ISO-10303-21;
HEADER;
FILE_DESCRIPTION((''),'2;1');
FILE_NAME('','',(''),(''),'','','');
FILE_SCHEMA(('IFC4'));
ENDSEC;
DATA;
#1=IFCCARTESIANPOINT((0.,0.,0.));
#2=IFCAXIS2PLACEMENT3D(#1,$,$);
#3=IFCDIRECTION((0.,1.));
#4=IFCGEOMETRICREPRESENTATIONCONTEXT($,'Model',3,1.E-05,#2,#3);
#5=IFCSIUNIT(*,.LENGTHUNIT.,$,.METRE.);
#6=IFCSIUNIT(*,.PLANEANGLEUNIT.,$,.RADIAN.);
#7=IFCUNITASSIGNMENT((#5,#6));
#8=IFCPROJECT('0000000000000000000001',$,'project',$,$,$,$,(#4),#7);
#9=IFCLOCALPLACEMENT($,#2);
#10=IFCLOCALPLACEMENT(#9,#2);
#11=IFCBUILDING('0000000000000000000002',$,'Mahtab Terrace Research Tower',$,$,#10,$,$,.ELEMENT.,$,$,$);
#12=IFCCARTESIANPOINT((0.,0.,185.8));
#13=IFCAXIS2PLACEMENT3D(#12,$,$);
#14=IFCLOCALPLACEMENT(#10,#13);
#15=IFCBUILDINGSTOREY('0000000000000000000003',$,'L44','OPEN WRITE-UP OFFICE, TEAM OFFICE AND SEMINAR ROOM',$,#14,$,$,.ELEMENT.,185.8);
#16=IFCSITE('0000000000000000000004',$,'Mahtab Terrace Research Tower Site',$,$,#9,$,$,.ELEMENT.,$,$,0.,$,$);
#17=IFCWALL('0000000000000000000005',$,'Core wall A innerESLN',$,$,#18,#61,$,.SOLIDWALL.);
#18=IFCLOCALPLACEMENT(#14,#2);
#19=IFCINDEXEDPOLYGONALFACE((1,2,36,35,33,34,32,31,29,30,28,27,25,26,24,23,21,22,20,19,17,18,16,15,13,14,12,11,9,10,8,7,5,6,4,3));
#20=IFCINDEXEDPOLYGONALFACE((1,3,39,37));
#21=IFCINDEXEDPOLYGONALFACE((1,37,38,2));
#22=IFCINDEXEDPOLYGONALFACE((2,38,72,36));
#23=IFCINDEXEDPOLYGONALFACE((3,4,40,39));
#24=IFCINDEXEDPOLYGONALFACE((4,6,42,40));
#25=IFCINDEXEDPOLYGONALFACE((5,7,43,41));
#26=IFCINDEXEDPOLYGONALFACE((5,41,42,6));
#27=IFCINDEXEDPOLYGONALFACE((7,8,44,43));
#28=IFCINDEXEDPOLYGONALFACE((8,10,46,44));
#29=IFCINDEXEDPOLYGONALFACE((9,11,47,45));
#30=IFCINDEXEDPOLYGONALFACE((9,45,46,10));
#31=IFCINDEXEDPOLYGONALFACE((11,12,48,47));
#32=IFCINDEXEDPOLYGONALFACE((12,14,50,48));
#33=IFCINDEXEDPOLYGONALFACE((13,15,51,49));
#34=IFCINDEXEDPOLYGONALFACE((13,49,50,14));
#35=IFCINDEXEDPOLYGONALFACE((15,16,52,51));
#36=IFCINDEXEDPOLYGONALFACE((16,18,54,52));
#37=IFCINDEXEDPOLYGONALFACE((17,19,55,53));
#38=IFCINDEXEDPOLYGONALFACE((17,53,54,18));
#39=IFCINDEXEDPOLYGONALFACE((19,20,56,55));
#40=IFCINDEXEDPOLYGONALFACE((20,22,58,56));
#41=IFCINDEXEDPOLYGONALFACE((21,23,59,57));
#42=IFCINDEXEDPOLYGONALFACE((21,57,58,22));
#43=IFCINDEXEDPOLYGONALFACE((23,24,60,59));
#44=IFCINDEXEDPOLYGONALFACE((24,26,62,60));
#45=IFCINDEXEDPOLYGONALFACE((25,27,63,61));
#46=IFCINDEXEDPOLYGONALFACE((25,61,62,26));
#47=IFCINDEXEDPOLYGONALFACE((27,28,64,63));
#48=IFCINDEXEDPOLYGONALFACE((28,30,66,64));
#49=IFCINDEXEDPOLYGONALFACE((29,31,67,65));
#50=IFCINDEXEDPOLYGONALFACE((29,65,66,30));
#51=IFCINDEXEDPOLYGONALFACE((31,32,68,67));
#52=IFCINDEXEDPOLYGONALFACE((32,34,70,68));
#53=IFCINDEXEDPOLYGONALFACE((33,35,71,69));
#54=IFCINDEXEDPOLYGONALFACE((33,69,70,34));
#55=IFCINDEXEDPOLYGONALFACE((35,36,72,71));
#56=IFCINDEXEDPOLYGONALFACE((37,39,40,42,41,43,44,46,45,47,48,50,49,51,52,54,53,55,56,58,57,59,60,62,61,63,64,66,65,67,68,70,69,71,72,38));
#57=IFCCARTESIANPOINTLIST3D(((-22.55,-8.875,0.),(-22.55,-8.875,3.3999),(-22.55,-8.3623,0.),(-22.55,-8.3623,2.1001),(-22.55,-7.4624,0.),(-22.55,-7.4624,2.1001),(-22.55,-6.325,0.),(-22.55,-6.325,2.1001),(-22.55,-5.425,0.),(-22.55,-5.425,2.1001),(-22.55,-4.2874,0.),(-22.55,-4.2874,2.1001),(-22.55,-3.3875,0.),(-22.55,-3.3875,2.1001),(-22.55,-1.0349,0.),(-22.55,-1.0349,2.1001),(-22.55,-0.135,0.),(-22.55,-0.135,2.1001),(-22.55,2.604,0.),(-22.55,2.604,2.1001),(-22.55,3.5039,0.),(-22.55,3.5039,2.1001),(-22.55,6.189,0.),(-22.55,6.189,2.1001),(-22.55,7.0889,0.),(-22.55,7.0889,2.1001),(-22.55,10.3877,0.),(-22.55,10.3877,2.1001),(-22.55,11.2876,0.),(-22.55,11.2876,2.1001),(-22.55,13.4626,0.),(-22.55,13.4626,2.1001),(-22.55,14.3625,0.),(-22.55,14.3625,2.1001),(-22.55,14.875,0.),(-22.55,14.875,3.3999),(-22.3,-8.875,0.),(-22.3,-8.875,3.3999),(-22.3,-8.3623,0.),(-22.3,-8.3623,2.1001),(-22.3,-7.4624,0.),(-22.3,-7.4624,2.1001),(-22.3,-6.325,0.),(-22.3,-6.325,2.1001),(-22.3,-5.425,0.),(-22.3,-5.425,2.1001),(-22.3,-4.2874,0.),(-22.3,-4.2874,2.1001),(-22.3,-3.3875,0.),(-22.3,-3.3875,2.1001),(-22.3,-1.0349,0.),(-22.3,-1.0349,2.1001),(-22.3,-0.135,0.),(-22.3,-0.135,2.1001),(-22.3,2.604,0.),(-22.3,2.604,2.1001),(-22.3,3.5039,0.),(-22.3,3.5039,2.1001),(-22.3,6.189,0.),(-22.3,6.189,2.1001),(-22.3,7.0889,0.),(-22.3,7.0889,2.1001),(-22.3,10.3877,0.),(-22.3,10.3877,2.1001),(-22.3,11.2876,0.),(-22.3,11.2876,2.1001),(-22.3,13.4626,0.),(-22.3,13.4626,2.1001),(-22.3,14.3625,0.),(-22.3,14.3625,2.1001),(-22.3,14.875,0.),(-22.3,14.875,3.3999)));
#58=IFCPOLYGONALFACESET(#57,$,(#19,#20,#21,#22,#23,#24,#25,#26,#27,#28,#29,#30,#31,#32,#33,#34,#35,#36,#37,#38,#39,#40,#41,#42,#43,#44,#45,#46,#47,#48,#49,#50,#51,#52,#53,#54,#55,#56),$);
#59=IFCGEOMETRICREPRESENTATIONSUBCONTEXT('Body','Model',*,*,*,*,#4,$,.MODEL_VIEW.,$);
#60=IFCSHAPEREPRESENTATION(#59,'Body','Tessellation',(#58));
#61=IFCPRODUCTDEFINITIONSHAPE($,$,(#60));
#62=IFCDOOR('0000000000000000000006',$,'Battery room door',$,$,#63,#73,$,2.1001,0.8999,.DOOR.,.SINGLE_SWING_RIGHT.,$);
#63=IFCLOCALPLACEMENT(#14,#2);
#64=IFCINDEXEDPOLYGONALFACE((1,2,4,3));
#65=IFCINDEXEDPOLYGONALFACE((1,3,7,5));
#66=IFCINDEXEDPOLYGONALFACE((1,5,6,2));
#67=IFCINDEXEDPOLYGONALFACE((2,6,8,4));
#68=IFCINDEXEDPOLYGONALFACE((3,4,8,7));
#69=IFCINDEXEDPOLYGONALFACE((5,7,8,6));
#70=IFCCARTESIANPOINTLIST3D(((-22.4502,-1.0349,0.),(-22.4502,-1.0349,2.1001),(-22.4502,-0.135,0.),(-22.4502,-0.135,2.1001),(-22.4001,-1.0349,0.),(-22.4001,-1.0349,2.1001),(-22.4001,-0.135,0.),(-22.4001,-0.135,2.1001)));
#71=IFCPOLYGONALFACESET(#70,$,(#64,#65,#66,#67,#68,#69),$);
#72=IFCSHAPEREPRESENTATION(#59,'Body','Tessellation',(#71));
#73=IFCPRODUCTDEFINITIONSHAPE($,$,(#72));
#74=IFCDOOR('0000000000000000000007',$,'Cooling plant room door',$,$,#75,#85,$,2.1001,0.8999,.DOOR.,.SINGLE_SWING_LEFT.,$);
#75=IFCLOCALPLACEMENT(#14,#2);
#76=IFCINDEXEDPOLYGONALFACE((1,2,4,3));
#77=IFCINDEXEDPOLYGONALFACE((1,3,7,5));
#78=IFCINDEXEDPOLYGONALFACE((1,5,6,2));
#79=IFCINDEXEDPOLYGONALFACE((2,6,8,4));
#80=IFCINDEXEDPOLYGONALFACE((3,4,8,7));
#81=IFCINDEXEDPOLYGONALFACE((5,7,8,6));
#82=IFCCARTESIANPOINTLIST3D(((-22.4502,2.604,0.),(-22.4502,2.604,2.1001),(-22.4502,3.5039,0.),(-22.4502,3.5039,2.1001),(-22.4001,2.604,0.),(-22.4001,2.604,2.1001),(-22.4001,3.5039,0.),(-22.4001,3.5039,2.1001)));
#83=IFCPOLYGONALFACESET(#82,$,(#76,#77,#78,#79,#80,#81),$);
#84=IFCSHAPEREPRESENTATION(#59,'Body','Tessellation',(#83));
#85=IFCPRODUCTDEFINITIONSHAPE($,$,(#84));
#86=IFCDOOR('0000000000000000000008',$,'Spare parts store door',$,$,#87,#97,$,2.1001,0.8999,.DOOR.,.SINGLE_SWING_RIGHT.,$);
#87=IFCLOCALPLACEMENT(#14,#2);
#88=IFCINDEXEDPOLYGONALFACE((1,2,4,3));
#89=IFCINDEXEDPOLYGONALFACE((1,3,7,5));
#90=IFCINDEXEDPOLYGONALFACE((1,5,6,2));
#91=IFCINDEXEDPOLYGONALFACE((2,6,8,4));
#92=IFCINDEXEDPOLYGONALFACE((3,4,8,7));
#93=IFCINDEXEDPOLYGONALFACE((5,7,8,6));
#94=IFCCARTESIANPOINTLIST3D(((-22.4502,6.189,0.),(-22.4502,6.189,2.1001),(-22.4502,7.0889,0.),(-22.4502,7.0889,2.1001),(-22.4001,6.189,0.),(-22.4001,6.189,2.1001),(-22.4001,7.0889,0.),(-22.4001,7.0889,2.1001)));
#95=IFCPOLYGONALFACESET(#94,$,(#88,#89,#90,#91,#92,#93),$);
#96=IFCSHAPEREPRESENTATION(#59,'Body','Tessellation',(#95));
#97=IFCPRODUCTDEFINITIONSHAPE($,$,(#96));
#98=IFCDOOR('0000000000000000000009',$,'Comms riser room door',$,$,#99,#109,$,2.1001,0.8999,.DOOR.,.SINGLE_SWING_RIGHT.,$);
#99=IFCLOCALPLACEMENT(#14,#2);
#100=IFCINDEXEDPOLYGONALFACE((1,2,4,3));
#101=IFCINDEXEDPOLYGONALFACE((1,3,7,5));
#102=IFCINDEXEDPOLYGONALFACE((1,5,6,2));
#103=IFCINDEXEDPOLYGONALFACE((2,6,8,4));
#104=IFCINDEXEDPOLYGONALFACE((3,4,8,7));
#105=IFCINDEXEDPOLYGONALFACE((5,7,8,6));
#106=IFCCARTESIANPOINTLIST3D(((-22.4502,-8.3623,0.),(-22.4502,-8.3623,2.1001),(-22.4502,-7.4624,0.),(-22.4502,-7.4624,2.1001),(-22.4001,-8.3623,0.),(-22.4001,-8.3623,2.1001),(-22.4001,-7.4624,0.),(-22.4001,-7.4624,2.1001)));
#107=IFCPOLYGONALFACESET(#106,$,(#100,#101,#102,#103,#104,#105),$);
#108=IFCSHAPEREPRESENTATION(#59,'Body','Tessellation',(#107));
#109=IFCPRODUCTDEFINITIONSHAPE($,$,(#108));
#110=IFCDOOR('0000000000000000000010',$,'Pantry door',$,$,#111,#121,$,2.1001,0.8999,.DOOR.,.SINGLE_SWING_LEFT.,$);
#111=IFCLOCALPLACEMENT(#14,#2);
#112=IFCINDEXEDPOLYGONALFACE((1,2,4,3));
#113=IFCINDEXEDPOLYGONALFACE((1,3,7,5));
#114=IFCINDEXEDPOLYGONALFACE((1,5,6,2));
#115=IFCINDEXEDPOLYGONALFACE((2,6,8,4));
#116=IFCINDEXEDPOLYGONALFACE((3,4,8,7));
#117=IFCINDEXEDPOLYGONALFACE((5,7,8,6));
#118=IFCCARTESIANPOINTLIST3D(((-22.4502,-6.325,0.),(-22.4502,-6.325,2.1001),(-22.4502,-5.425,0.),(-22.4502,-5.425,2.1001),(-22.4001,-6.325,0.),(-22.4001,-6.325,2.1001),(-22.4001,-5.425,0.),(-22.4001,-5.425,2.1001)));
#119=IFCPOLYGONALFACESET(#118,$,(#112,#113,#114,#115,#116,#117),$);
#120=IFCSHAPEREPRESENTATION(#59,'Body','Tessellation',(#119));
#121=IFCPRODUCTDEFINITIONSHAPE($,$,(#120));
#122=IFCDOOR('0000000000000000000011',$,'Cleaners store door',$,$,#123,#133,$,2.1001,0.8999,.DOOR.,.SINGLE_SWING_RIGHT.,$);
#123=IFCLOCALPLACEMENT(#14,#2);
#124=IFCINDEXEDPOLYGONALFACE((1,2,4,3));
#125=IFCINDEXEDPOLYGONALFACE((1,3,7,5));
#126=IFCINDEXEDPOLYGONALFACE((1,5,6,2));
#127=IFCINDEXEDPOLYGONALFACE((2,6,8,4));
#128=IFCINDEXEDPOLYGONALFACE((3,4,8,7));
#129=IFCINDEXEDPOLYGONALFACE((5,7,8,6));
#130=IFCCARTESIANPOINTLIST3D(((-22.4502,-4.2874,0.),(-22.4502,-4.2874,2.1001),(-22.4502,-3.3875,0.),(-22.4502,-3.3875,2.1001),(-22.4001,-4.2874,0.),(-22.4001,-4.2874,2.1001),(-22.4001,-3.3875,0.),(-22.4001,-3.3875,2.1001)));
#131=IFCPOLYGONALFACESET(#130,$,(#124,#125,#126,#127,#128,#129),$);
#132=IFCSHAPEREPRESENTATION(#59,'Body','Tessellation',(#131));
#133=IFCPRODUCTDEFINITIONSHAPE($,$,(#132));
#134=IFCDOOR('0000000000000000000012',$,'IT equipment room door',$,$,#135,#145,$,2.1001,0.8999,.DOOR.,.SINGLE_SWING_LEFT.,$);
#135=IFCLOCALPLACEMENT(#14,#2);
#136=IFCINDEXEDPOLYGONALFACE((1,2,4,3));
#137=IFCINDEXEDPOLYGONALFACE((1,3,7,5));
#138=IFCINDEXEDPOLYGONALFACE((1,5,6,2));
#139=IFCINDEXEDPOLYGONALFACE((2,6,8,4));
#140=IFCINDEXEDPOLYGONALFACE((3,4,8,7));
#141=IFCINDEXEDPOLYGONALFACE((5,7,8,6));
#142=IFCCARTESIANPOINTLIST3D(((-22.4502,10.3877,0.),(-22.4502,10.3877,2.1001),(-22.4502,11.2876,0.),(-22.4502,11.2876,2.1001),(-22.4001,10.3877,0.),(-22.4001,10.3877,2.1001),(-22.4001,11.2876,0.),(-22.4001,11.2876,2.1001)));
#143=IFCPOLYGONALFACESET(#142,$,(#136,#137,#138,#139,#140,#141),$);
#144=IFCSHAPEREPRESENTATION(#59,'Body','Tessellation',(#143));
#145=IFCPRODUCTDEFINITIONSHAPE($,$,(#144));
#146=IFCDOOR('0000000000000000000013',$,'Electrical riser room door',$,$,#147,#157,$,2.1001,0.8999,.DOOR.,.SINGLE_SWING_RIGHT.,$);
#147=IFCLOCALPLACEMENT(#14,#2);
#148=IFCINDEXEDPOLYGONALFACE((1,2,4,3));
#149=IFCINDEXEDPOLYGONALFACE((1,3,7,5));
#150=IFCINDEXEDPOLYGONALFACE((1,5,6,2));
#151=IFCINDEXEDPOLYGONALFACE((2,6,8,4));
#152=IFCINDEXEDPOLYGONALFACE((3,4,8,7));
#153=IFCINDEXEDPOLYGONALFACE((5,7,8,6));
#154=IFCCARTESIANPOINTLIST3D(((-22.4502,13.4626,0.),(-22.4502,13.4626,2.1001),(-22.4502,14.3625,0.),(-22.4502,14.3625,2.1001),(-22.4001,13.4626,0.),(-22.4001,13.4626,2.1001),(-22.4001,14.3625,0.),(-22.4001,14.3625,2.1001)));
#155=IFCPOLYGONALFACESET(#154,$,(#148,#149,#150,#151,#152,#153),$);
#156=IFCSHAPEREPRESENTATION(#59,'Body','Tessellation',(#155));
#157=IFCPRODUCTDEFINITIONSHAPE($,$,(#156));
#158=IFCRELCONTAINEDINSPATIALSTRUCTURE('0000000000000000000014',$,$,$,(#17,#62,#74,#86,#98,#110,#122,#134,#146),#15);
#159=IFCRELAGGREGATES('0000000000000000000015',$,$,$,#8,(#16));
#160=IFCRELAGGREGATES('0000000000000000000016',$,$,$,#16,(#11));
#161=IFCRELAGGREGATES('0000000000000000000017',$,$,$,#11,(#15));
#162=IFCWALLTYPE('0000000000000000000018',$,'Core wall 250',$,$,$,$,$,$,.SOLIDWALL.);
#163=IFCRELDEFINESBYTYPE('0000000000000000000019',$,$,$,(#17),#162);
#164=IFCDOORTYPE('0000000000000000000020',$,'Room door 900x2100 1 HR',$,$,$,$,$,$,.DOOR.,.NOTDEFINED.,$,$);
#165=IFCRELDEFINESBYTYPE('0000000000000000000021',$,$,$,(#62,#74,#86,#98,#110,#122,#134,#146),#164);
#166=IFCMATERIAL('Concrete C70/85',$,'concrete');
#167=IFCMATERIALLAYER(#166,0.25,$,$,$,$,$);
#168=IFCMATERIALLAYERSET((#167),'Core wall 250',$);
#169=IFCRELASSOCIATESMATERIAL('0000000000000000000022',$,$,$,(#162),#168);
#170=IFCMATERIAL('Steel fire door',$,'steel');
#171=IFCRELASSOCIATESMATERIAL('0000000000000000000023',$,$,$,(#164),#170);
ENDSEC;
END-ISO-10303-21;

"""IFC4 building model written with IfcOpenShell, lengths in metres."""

from ifc_helpers import new_model, si_unit, direction, frame, frame_2d, origin, place, context, subcontext, project, spatial, rectangle, extrude, material, layer, layer_set, type_object, element, fill, save


model = new_model("IFC4")

# Units and contexts
model_context = context("Model", 3, precision=1e-05, world=origin(), true_north=direction((0.0, 1.0)))
body_context = subcontext(model_context, "Body", "Model", "MODEL_VIEW")
ifc_project = project(units=[si_unit("LENGTHUNIT", "METRE"), si_unit("PLANEANGLEUNIT", "RADIAN")], contexts=[model_context])

# Site, building, storey
site_placement = place(None, origin())
site = spatial("IfcSite", under=ifc_project, at=site_placement, Name="Mahtab Terrace Research Tower Site", CompositionType="ELEMENT", RefElevation=0.0)
building_placement = place(site_placement, origin())
building = spatial("IfcBuilding", under=site, at=building_placement, Name="Mahtab Terrace Research Tower", CompositionType="ELEMENT")
storey_placement = place(building_placement, frame((0.0, 0.0, 185.8)))
storey = spatial("IfcBuildingStorey", under=building, at=storey_placement, Name="L44", Description="OPEN WRITE-UP OFFICE, TEAM OFFICE AND SEMINAR ROOM", CompositionType="ELEMENT", Elevation=185.8)

# Shared definitions
ifc_material_1 = material(Name="Concrete C70/85", Category="concrete")

# Shared definitions
ifc_layer_1 = layer(ifc_material_1, 0.25)
ifc_layer_set_1 = layer_set([ifc_layer_1], Name="Core wall 250")
wall_type_1 = type_object("IfcWallType", Name="Core wall 250", PredefinedType="SOLIDWALL", material=ifc_layer_set_1)
ifc_material_2 = material(Name="Steel fire door", Category="steel")

# Wall, openings, doors
wall_1_placement = place(storey_placement, frame((-22.425, 14.875, 0.0), z_axis=(0.0, 0.0, 1.0), x_axis=(0.0, -1.0, 0.0)))
wall_1 = element("IfcWall", 1, at=wall_1_placement, inside=storey, type_object=wall_type_1, Name="Core wall A innerESLN", PredefinedType="SOLIDWALL", context=body_context, shape_type="SweptSolid", body=[
    extrude(rectangle(XDim=23.75, YDim=0.25, at=frame_2d((11.875, 0.0))), origin(), (0.0, 0.0, 1.0), 3.3999),
])
opening_1_placement = place(wall_1_placement, frame((15.01, 0.0, 0.0)))
opening_1 = element("IfcOpeningElement", 2, at=opening_1_placement, cuts=wall_1, PredefinedType="OPENING", context=body_context, shape_type="SweptSolid", body=[
    extrude(rectangle(XDim=0.8999, YDim=2.1001, at=frame_2d((0.45, 1.05))), frame((0.0, 0.135, 0.0), z_axis=(0.0, -1.0, 0.0), x_axis=(1.0, 0.0, 0.0)), (0.0, 0.0, 1.0), 0.27),
])
opening_2_placement = place(wall_1_placement, frame((11.3711, 0.0, 0.0)))
opening_2 = element("IfcOpeningElement", 3, at=opening_2_placement, cuts=wall_1, PredefinedType="OPENING", context=body_context, shape_type="SweptSolid", body=[
    extrude(rectangle(XDim=0.8999, YDim=2.1001, at=frame_2d((0.45, 1.05))), frame((0.0, 0.135, 0.0), z_axis=(0.0, -1.0, 0.0), x_axis=(1.0, 0.0, 0.0)), (0.0, 0.0, 1.0), 0.27),
])
opening_3_placement = place(wall_1_placement, frame((7.7861, 0.0, 0.0)))
opening_3 = element("IfcOpeningElement", 4, at=opening_3_placement, cuts=wall_1, PredefinedType="OPENING", context=body_context, shape_type="SweptSolid", body=[
    extrude(rectangle(XDim=0.8999, YDim=2.1001, at=frame_2d((0.45, 1.05))), frame((0.0, 0.135, 0.0), z_axis=(0.0, -1.0, 0.0), x_axis=(1.0, 0.0, 0.0)), (0.0, 0.0, 1.0), 0.27),
])
opening_4_placement = place(wall_1_placement, frame((22.3374, 0.0, 0.0)))
opening_4 = element("IfcOpeningElement", 5, at=opening_4_placement, cuts=wall_1, PredefinedType="OPENING", context=body_context, shape_type="SweptSolid", body=[
    extrude(rectangle(XDim=0.8999, YDim=2.1001, at=frame_2d((0.45, 1.05))), frame((0.0, 0.135, 0.0), z_axis=(0.0, -1.0, 0.0), x_axis=(1.0, 0.0, 0.0)), (0.0, 0.0, 1.0), 0.27),
])
opening_5_placement = place(wall_1_placement, frame((20.3, 0.0, 0.0)))
opening_5 = element("IfcOpeningElement", 6, at=opening_5_placement, cuts=wall_1, PredefinedType="OPENING", context=body_context, shape_type="SweptSolid", body=[
    extrude(rectangle(XDim=0.8999, YDim=2.1001, at=frame_2d((0.45, 1.05))), frame((0.0, 0.135, 0.0), z_axis=(0.0, -1.0, 0.0), x_axis=(1.0, 0.0, 0.0)), (0.0, 0.0, 1.0), 0.27),
])
opening_6_placement = place(wall_1_placement, frame((18.2625, 0.0, 0.0)))
opening_6 = element("IfcOpeningElement", 7, at=opening_6_placement, cuts=wall_1, PredefinedType="OPENING", context=body_context, shape_type="SweptSolid", body=[
    extrude(rectangle(XDim=0.8999, YDim=2.1001, at=frame_2d((0.45, 1.05))), frame((0.0, 0.135, 0.0), z_axis=(0.0, -1.0, 0.0), x_axis=(1.0, 0.0, 0.0)), (0.0, 0.0, 1.0), 0.27),
])
opening_7_placement = place(wall_1_placement, frame((3.5874, 0.0, 0.0)))
opening_7 = element("IfcOpeningElement", 8, at=opening_7_placement, cuts=wall_1, PredefinedType="OPENING", context=body_context, shape_type="SweptSolid", body=[
    extrude(rectangle(XDim=0.8999, YDim=2.1001, at=frame_2d((0.45, 1.05))), frame((0.0, 0.135, 0.0), z_axis=(0.0, -1.0, 0.0), x_axis=(1.0, 0.0, 0.0)), (0.0, 0.0, 1.0), 0.27),
])
opening_8_placement = place(wall_1_placement, frame((0.5125, 0.0, 0.0)))
opening_8 = element("IfcOpeningElement", 9, at=opening_8_placement, cuts=wall_1, PredefinedType="OPENING", context=body_context, shape_type="SweptSolid", body=[
    extrude(rectangle(XDim=0.8999, YDim=2.1001, at=frame_2d((0.45, 1.05))), frame((0.0, 0.135, 0.0), z_axis=(0.0, -1.0, 0.0), x_axis=(1.0, 0.0, 0.0)), (0.0, 0.0, 1.0), 0.27),
])
door_type_1 = type_object("IfcDoorType", Name="Room door 900x2100 1 HR", OperationType="NOTDEFINED", PredefinedType="DOOR", material=ifc_material_2)
door_1_placement = place(opening_1_placement, origin())
door_1 = element("IfcDoor", 10, at=door_1_placement, inside=storey, type_object=door_type_1, Name="Battery room door", OperationType="SINGLE_SWING_RIGHT", OverallHeight=2.1001, OverallWidth=0.8999, PredefinedType="DOOR", context=body_context, shape_type="SweptSolid", body=[
    extrude(rectangle(XDim=0.8999, YDim=2.1001, at=frame_2d((0.45, 1.05))), frame((0.0, 0.0249, 0.0), z_axis=(0.0, -1.0, 0.0), x_axis=(1.0, 0.0, 0.0)), (0.0, 0.0, 1.0), 0.05),
])
fill(opening_1, door_1)
door_2_placement = place(opening_2_placement, origin())
door_2 = element("IfcDoor", 11, at=door_2_placement, inside=storey, type_object=door_type_1, Name="Cooling plant room door", OperationType="SINGLE_SWING_LEFT", OverallHeight=2.1001, OverallWidth=0.8999, PredefinedType="DOOR", context=body_context, shape_type="SweptSolid", body=[
    extrude(rectangle(XDim=0.8999, YDim=2.1001, at=frame_2d((0.45, 1.05))), frame((0.0, 0.0249, 0.0), z_axis=(0.0, -1.0, 0.0), x_axis=(1.0, 0.0, 0.0)), (0.0, 0.0, 1.0), 0.05),
])
fill(opening_2, door_2)
door_3_placement = place(opening_3_placement, origin())
door_3 = element("IfcDoor", 12, at=door_3_placement, inside=storey, type_object=door_type_1, Name="Spare parts store door", OperationType="SINGLE_SWING_RIGHT", OverallHeight=2.1001, OverallWidth=0.8999, PredefinedType="DOOR", context=body_context, shape_type="SweptSolid", body=[
    extrude(rectangle(XDim=0.8999, YDim=2.1001, at=frame_2d((0.45, 1.05))), frame((0.0, 0.0249, 0.0), z_axis=(0.0, -1.0, 0.0), x_axis=(1.0, 0.0, 0.0)), (0.0, 0.0, 1.0), 0.05),
])
fill(opening_3, door_3)
door_4_placement = place(opening_4_placement, origin())
door_4 = element("IfcDoor", 13, at=door_4_placement, inside=storey, type_object=door_type_1, Name="Comms riser room door", OperationType="SINGLE_SWING_RIGHT", OverallHeight=2.1001, OverallWidth=0.8999, PredefinedType="DOOR", context=body_context, shape_type="SweptSolid", body=[
    extrude(rectangle(XDim=0.8999, YDim=2.1001, at=frame_2d((0.45, 1.05))), frame((0.0, 0.0249, 0.0), z_axis=(0.0, -1.0, 0.0), x_axis=(1.0, 0.0, 0.0)), (0.0, 0.0, 1.0), 0.05),
])
fill(opening_4, door_4)
door_5_placement = place(opening_5_placement, origin())
door_5 = element("IfcDoor", 14, at=door_5_placement, inside=storey, type_object=door_type_1, Name="Pantry door", OperationType="SINGLE_SWING_LEFT", OverallHeight=2.1001, OverallWidth=0.8999, PredefinedType="DOOR", context=body_context, shape_type="SweptSolid", body=[
    extrude(rectangle(XDim=0.8999, YDim=2.1001, at=frame_2d((0.45, 1.05))), frame((0.0, 0.0249, 0.0), z_axis=(0.0, -1.0, 0.0), x_axis=(1.0, 0.0, 0.0)), (0.0, 0.0, 1.0), 0.05),
])
fill(opening_5, door_5)
door_6_placement = place(opening_6_placement, origin())
door_6 = element("IfcDoor", 15, at=door_6_placement, inside=storey, type_object=door_type_1, Name="Cleaners store door", OperationType="SINGLE_SWING_RIGHT", OverallHeight=2.1001, OverallWidth=0.8999, PredefinedType="DOOR", context=body_context, shape_type="SweptSolid", body=[
    extrude(rectangle(XDim=0.8999, YDim=2.1001, at=frame_2d((0.45, 1.05))), frame((0.0, 0.0249, 0.0), z_axis=(0.0, -1.0, 0.0), x_axis=(1.0, 0.0, 0.0)), (0.0, 0.0, 1.0), 0.05),
])
fill(opening_6, door_6)
door_7_placement = place(opening_7_placement, origin())
door_7 = element("IfcDoor", 16, at=door_7_placement, inside=storey, type_object=door_type_1, Name="IT equipment room door", OperationType="SINGLE_SWING_LEFT", OverallHeight=2.1001, OverallWidth=0.8999, PredefinedType="DOOR", context=body_context, shape_type="SweptSolid", body=[
    extrude(rectangle(XDim=0.8999, YDim=2.1001, at=frame_2d((0.45, 1.05))), frame((0.0, 0.0249, 0.0), z_axis=(0.0, -1.0, 0.0), x_axis=(1.0, 0.0, 0.0)), (0.0, 0.0, 1.0), 0.05),
])
fill(opening_7, door_7)
door_8_placement = place(opening_8_placement, origin())
door_8 = element("IfcDoor", 17, at=door_8_placement, inside=storey, type_object=door_type_1, Name="Electrical riser room door", OperationType="SINGLE_SWING_RIGHT", OverallHeight=2.1001, OverallWidth=0.8999, PredefinedType="DOOR", context=body_context, shape_type="SweptSolid", body=[
    extrude(rectangle(XDim=0.8999, YDim=2.1001, at=frame_2d((0.45, 1.05))), frame((0.0, 0.0249, 0.0), z_axis=(0.0, -1.0, 0.0), x_axis=(1.0, 0.0, 0.0)), (0.0, 0.0, 1.0), 0.05),
])
fill(opening_8, door_8)

save(model, "model.ifc")
